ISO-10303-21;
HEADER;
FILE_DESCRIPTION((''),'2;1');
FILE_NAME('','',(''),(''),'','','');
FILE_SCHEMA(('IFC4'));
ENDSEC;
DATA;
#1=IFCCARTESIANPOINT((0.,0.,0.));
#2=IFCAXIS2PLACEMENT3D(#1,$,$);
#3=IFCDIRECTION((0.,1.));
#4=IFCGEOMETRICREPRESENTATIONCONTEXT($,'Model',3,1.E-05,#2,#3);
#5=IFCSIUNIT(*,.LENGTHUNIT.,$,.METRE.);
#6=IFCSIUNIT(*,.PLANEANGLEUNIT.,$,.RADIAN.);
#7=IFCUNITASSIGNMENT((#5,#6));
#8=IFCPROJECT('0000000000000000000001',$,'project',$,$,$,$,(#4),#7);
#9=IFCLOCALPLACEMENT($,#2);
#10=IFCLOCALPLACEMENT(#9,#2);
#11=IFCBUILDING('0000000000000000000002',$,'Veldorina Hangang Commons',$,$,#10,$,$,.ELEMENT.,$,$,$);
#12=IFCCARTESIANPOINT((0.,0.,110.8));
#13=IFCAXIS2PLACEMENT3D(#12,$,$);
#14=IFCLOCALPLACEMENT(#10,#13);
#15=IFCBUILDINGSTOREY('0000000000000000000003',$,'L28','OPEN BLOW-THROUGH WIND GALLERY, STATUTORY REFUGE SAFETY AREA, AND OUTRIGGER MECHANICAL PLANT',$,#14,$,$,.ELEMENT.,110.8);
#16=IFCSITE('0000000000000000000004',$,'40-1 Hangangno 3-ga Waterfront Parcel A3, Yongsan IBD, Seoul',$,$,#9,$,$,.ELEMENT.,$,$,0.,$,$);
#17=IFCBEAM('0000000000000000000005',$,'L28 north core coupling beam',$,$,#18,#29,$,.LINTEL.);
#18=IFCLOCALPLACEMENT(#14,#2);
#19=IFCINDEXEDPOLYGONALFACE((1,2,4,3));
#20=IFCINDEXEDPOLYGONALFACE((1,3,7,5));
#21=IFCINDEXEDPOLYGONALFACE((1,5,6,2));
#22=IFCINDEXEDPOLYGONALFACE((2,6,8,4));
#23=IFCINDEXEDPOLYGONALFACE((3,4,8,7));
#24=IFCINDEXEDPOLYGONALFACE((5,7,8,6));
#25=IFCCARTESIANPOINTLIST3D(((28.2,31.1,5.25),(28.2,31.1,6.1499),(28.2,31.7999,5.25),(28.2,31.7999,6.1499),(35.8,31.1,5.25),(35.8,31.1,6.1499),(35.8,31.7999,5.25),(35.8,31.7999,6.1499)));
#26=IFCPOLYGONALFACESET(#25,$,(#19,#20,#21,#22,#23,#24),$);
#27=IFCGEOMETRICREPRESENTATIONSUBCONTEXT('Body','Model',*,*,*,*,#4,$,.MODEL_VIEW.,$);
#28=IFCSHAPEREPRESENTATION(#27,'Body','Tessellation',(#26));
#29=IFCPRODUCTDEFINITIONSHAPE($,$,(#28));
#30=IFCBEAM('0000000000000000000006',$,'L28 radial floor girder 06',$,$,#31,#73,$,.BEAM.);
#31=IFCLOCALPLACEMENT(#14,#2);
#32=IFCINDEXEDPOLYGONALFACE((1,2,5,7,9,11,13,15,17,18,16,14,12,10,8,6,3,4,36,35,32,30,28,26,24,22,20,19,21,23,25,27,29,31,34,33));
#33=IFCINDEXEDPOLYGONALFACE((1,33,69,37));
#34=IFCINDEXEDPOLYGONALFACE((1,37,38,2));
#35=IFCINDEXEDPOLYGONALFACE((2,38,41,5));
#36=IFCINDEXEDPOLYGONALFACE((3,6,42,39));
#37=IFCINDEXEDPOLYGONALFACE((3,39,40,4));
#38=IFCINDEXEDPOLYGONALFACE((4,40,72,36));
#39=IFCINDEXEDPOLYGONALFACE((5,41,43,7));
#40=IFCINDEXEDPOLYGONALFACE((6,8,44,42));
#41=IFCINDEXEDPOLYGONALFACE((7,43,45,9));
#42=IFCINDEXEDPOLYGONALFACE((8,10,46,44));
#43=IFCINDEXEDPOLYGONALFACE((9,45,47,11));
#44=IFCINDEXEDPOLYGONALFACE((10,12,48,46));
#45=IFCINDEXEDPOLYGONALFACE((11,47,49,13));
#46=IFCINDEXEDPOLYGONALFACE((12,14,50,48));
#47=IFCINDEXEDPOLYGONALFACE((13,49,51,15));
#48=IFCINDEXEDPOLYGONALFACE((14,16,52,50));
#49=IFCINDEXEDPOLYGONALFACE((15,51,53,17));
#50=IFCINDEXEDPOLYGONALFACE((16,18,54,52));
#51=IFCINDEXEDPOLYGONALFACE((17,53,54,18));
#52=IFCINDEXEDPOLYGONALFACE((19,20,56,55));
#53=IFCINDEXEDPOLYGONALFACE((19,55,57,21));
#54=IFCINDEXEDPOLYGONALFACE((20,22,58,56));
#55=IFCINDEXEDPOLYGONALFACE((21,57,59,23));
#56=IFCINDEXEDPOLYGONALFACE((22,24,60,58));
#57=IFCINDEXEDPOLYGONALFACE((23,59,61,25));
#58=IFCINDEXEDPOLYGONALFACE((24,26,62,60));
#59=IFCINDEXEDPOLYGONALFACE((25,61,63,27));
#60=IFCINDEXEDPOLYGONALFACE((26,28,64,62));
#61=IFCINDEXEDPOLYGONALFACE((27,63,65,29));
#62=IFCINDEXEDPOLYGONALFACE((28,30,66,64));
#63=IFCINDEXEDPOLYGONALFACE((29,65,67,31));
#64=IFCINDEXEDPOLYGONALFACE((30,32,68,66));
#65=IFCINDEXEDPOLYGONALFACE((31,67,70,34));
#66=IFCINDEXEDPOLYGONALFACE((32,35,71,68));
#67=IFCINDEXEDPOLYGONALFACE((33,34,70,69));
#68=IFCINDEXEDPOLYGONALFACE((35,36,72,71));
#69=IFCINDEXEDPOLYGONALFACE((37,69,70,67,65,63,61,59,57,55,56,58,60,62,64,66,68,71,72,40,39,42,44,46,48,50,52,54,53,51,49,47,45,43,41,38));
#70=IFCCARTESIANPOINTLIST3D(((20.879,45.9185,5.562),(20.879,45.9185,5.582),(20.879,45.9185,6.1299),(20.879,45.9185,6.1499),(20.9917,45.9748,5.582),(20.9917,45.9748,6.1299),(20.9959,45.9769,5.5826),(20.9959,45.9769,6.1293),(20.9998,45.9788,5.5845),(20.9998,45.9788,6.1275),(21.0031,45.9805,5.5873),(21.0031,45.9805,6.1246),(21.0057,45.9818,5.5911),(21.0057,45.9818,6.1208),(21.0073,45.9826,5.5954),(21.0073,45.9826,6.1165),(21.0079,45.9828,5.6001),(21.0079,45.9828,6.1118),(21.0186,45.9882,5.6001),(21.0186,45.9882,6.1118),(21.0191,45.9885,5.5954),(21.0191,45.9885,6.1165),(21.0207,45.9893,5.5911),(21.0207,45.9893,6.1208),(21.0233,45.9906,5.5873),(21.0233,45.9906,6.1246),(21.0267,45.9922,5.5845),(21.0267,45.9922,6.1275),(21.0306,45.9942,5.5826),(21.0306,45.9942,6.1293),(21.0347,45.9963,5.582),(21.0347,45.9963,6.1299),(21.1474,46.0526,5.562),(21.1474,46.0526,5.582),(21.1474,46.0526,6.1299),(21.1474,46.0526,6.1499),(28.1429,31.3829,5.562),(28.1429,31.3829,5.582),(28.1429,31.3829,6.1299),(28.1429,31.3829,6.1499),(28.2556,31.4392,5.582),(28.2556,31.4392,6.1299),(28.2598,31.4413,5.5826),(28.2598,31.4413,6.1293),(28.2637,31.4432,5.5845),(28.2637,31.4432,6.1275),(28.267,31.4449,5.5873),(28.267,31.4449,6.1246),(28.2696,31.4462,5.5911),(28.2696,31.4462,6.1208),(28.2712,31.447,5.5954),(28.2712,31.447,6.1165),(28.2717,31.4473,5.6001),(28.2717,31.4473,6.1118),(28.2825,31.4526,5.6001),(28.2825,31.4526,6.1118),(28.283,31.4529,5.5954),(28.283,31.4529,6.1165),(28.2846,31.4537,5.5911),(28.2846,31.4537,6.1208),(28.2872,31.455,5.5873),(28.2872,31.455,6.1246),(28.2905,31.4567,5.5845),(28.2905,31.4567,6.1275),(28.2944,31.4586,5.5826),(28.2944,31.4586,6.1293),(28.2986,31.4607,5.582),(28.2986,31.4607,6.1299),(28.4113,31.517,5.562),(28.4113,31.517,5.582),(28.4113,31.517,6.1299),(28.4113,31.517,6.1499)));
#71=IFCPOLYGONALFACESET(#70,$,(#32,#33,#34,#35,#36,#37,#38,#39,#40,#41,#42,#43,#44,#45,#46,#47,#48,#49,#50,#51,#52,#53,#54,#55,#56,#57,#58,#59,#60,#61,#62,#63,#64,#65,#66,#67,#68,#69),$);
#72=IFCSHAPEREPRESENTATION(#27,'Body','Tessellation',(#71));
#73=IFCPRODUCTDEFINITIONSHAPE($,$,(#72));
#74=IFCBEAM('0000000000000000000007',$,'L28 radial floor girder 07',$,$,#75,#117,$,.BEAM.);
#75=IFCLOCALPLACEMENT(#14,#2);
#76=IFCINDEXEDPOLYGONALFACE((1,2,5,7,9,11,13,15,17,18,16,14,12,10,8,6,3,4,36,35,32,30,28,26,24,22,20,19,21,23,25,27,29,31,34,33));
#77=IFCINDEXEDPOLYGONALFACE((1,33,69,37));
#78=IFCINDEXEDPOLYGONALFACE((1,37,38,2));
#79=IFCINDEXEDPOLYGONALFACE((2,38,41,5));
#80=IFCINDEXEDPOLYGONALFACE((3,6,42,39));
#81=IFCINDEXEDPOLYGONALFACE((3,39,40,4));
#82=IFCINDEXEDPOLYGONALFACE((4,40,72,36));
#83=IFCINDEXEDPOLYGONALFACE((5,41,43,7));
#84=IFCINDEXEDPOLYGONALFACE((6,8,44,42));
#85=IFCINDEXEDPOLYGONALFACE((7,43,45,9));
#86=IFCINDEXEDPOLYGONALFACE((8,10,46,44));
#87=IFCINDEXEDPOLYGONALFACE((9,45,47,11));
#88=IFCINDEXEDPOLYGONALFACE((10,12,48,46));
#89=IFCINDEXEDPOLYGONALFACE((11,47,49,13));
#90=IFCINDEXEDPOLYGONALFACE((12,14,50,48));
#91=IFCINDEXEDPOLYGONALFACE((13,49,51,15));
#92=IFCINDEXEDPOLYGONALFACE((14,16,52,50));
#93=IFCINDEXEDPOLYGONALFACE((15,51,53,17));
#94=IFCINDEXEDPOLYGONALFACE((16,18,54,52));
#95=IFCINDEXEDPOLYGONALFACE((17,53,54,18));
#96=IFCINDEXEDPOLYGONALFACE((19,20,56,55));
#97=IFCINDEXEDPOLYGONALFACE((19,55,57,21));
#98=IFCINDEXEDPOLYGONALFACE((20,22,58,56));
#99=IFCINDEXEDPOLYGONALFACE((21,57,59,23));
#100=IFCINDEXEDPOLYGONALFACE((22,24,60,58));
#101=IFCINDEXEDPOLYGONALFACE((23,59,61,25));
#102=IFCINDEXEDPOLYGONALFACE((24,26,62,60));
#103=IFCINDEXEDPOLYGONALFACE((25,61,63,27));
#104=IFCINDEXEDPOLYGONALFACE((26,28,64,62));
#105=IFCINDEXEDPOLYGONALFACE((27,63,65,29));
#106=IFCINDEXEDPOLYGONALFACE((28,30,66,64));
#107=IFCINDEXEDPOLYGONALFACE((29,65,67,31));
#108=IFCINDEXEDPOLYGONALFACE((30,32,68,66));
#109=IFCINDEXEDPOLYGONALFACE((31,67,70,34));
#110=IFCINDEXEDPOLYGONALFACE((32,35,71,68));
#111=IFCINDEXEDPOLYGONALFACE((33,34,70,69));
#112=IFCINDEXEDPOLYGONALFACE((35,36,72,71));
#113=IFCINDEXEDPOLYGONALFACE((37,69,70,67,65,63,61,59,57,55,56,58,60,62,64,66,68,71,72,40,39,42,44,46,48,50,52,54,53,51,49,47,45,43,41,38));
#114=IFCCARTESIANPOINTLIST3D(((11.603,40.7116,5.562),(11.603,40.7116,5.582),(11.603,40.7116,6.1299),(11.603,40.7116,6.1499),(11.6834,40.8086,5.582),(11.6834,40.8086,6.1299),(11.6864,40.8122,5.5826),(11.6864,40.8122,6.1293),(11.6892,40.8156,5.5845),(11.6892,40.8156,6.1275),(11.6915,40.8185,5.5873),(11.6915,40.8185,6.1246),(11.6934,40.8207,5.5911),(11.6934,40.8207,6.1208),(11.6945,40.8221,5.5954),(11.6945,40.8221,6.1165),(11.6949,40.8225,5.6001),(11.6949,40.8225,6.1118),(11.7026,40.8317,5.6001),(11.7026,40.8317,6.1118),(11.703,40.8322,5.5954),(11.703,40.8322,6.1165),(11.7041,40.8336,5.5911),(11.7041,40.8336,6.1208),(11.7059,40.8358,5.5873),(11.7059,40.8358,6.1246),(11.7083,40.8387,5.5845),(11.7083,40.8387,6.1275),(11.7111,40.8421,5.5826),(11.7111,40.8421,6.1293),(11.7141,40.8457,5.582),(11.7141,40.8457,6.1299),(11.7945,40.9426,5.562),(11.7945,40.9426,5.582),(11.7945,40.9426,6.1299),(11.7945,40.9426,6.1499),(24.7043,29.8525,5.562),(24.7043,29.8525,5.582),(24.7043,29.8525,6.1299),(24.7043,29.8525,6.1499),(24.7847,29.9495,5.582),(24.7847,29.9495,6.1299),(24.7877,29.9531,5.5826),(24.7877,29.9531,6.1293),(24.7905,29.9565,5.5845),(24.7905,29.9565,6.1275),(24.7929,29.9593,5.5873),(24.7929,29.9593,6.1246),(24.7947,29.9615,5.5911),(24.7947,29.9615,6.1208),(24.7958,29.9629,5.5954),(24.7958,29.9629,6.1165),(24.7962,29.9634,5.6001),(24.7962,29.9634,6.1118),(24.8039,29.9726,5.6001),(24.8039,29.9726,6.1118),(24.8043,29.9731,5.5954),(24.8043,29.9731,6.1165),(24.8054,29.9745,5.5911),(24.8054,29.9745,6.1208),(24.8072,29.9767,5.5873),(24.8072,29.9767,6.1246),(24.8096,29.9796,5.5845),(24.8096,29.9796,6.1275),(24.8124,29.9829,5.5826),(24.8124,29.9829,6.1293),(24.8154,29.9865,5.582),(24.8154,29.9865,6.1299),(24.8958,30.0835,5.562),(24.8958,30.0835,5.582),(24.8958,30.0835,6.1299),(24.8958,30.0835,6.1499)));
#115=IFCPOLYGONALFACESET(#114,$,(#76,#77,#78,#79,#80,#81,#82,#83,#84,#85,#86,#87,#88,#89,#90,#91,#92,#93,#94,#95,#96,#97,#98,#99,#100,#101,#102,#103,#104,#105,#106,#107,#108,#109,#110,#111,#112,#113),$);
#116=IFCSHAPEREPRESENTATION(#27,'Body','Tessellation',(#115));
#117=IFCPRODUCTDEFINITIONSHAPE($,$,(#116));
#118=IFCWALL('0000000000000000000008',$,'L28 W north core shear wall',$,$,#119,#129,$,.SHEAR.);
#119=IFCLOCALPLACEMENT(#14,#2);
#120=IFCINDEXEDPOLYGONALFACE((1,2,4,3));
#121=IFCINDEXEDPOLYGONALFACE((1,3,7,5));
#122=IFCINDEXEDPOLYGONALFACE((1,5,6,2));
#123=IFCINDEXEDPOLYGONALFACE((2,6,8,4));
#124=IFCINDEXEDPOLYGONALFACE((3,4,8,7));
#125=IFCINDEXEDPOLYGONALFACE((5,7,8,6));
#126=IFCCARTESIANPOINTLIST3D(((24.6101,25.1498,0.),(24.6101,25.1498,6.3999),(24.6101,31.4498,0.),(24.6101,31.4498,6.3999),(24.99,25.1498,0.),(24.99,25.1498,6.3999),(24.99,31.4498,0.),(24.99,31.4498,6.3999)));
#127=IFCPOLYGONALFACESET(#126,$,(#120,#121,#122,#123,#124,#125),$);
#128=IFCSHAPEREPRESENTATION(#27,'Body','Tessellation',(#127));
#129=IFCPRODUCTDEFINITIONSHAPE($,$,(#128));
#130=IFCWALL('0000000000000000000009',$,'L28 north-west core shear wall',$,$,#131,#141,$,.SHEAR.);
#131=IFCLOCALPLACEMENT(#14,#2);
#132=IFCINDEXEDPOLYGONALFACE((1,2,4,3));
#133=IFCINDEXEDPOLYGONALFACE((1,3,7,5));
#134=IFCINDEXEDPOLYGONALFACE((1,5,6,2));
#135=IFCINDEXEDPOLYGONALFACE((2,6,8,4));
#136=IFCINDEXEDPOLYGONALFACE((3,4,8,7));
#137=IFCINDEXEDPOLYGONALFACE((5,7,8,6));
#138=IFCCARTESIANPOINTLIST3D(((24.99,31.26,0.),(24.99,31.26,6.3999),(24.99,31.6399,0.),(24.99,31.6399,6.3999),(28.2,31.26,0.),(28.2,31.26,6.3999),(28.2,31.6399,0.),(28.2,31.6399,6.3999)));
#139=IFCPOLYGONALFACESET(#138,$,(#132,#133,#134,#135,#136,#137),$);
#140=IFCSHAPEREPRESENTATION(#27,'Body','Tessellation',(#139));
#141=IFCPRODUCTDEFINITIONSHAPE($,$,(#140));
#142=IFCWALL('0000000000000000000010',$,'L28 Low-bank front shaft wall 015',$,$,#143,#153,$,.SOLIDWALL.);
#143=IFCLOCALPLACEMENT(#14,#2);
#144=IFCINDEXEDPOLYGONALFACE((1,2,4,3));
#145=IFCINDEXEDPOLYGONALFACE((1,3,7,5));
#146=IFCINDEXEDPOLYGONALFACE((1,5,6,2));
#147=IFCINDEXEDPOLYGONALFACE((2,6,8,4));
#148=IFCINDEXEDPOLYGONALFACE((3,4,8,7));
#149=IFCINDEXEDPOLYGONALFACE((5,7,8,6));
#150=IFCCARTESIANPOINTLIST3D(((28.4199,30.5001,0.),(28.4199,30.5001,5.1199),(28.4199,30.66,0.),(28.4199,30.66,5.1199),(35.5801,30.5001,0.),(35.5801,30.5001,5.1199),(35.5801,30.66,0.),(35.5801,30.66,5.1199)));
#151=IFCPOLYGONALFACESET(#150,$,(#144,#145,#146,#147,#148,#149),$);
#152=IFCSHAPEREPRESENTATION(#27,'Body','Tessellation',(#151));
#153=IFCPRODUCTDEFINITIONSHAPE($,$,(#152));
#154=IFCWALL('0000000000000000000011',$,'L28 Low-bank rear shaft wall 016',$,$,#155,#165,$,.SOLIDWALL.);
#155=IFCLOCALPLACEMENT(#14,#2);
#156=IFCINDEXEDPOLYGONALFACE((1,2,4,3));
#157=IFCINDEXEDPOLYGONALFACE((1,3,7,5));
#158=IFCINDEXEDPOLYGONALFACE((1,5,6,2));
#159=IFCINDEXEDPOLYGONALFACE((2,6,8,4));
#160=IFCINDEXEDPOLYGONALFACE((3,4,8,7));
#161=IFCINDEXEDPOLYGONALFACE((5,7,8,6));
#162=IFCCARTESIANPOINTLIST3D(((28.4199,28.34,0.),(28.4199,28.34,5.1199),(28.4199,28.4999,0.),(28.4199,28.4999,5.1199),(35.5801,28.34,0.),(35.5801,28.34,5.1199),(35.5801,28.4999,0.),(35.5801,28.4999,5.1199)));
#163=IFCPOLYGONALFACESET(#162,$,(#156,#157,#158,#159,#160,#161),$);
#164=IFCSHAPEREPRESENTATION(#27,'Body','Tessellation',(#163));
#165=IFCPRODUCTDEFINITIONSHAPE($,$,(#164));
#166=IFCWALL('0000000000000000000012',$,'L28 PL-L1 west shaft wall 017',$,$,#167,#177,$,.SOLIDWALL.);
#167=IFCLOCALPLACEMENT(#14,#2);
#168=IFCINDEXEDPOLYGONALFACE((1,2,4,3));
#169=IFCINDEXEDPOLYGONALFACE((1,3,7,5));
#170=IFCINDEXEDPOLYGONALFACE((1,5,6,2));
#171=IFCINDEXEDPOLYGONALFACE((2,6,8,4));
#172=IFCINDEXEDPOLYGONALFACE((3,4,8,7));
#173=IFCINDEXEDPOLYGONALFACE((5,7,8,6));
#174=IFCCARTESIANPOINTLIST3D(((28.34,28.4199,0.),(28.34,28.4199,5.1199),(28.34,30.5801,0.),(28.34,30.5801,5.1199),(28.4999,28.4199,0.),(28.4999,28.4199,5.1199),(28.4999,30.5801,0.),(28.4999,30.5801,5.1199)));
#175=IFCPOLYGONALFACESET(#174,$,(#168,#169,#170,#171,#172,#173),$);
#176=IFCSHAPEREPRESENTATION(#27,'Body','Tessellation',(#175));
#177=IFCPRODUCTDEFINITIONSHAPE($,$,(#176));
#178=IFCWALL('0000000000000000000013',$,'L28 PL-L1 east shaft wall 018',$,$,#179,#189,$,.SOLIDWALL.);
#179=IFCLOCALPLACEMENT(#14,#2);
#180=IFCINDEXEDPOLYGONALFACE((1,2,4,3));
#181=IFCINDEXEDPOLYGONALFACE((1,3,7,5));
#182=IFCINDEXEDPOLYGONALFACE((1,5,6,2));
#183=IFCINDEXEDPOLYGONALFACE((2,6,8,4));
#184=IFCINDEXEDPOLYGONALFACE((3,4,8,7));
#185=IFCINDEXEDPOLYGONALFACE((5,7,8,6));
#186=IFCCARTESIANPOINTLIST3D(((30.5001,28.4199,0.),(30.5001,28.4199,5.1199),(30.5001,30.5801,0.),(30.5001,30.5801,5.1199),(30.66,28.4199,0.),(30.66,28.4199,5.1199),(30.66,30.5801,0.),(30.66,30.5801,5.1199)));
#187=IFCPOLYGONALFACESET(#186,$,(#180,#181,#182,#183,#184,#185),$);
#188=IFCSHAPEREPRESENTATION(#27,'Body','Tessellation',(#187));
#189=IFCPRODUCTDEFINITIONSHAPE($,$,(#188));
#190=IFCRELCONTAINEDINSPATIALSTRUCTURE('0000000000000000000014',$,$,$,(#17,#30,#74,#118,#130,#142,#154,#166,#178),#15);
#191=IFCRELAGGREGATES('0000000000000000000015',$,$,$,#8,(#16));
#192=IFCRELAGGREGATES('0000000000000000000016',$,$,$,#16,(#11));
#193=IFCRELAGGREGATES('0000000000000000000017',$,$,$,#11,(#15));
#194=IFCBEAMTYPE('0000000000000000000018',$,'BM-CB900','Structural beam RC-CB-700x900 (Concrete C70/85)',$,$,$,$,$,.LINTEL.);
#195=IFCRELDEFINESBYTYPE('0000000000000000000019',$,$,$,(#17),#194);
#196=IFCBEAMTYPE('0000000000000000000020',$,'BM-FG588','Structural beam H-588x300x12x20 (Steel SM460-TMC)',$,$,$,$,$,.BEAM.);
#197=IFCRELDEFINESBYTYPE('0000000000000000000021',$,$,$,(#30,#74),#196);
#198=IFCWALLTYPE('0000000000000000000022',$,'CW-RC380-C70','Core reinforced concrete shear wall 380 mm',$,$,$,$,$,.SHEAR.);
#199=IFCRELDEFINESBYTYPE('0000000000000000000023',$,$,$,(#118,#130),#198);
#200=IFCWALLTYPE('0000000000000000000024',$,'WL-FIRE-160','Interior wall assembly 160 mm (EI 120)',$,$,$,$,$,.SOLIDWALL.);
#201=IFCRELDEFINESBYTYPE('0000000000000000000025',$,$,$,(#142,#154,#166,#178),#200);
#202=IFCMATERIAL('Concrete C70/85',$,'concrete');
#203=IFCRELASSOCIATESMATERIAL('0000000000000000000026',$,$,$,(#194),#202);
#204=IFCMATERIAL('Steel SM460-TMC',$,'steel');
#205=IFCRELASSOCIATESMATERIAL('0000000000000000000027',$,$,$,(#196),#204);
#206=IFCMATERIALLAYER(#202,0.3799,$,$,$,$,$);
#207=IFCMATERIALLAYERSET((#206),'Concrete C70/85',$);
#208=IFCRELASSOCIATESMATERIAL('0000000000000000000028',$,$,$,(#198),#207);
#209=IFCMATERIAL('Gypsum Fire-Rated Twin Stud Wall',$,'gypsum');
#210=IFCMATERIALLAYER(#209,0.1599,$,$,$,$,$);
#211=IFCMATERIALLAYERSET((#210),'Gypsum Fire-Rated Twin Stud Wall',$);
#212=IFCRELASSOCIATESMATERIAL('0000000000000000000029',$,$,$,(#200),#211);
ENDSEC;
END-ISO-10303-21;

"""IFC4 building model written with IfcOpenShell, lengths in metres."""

from ifc_helpers import new_model, si_unit, direction, frame, frame_2d, origin, origin_2d, place, context, subcontext, project, spatial, rectangle, i_section, extrude, material, layer, layer_set, material_profile, profile_set, type_object, element, save


model = new_model("IFC4")

# Units and contexts
model_context = context("Model", 3, precision=1e-05, world=origin(), true_north=direction((0.0, 1.0)))
body_context = subcontext(model_context, "Body", "Model", "MODEL_VIEW")
ifc_project = project(units=[si_unit("LENGTHUNIT", "METRE"), si_unit("PLANEANGLEUNIT", "RADIAN")], contexts=[model_context])

# Site, building, storey
site_placement = place(None, origin())
site = spatial("IfcSite", under=ifc_project, at=site_placement, Name="40-1 Hangangno 3-ga Waterfront Parcel A3, Yongsan IBD, Seoul", CompositionType="ELEMENT", RefElevation=0.0)
building_placement = place(site_placement, origin())
building = spatial("IfcBuilding", under=site, at=building_placement, Name="Veldorina Hangang Commons", CompositionType="ELEMENT")
storey_placement = place(building_placement, frame((0.0, 0.0, 110.8)))
storey = spatial("IfcBuildingStorey", under=building, at=storey_placement, Name="L28", Description="OPEN BLOW-THROUGH WIND GALLERY, STATUTORY REFUGE SAFETY AREA, AND OUTRIGGER MECHANICAL PLANT", CompositionType="ELEMENT", Elevation=110.8)

# Beams
ifc_material_1 = material(Name="Concrete C70/85", Category="concrete")
ifc_material_profile_1 = material_profile(ifc_material_1, rectangle(XDim=0.7, YDim=0.8999, at=origin_2d()), Name="RC-CB-700x900")
ifc_profile_set_1 = profile_set([ifc_material_profile_1], Name="Concrete C70/85")
beam_type_1 = type_object("IfcBeamType", Name="BM-CB900", Description="Structural beam RC-CB-700x900 (Concrete C70/85)", PredefinedType="LINTEL", material=ifc_profile_set_1)
beam_1_placement = place(storey_placement, frame((28.2, 31.45, 5.7), z_axis=(1.0, 0.0, 0.0), x_axis=(0.0, 1.0, 0.0)))
element("IfcBeam", 1, at=beam_1_placement, inside=storey, type_object=beam_type_1, Name="L28 north core coupling beam", PredefinedType="LINTEL", context=body_context, shape_type="SweptSolid", body=[
    extrude(rectangle(XDim=0.7, YDim=0.8999, at=origin_2d()), origin(), (0.0, 0.0, 1.0), 7.6001),
])
ifc_material_2 = material(Name="Steel SM460-TMC", Category="steel")
ifc_material_profile_2 = material_profile(ifc_material_2, i_section(OverallWidth=0.3, OverallDepth=0.5879, WebThickness=0.012, FlangeThickness=0.02, FilletRadius=0.0181, at=origin_2d()), Name="H-588x300x12x20")
ifc_profile_set_2 = profile_set([ifc_material_profile_2], Name="Steel SM460-TMC")
beam_type_2 = type_object("IfcBeamType", Name="BM-FG588", Description="Structural beam H-588x300x12x20 (Steel SM460-TMC)", PredefinedType="BEAM", material=ifc_profile_set_2)
beam_2_placement = place(storey_placement, frame((28.2771, 31.45, 5.856), z_axis=(-0.447021, 0.894523, 0.0), x_axis=(-0.894523, -0.447021, 0.0)))
element("IfcBeam", 2, at=beam_2_placement, inside=storey, type_object=beam_type_2, Name="L28 radial floor girder 06", PredefinedType="BEAM", context=body_context, shape_type="SweptSolid", body=[
    extrude(i_section(OverallWidth=0.3, OverallDepth=0.5879, WebThickness=0.012, FlangeThickness=0.02, FilletRadius=0.0181, at=origin_2d()), origin(), (0.0, 0.0, 1.0), 16.2495),
])
beam_3_placement = place(storey_placement, frame((24.8, 29.968, 5.856), z_axis=(-0.769913, 0.638149, 0.0), x_axis=(-0.638149, -0.769913, 0.0)))
element("IfcBeam", 3, at=beam_3_placement, inside=storey, type_object=beam_type_2, Name="L28 radial floor girder 07", PredefinedType="BEAM", context=body_context, shape_type="SweptSolid", body=[
    extrude(i_section(OverallWidth=0.3, OverallDepth=0.5879, WebThickness=0.012, FlangeThickness=0.02, FilletRadius=0.0181, at=origin_2d()), origin(), (0.0, 0.0, 1.0), 17.0166),
])

# Walls
ifc_layer_1 = layer(ifc_material_1, 0.3799)
ifc_layer_set_1 = layer_set([ifc_layer_1], Name="Concrete C70/85")
wall_type_1 = type_object("IfcWallType", Name="CW-RC380-C70", Description="Core reinforced concrete shear wall 380 mm", PredefinedType="SHEAR", material=ifc_layer_set_1)
wall_1_placement = place(storey_placement, frame((24.8, 25.1499, 0.0), z_axis=(0.0, 0.0, 1.0), x_axis=(0.0, 1.0, 0.0)))
element("IfcWall", 4, at=wall_1_placement, inside=storey, type_object=wall_type_1, Name="L28 W north core shear wall", PredefinedType="SHEAR", context=body_context, shape_type="SweptSolid", body=[
    extrude(rectangle(XDim=6.3, YDim=0.3799, at=frame_2d((3.1499, 0.0))), origin(), (0.0, 0.0, 1.0), 6.3999),
])
wall_2_placement = place(storey_placement, frame((24.99, 31.45, 0.0), z_axis=(0.0, 0.0, 1.0), x_axis=(1.0, 0.0, 0.0)))
element("IfcWall", 5, at=wall_2_placement, inside=storey, type_object=wall_type_1, Name="L28 north-west core shear wall", PredefinedType="SHEAR", context=body_context, shape_type="SweptSolid", body=[
    extrude(rectangle(XDim=3.21, YDim=0.3799, at=frame_2d((1.605, 0.0))), origin(), (0.0, 0.0, 1.0), 6.3999),
])
ifc_material_3 = material(Name="Gypsum Fire-Rated Twin Stud Wall", Category="gypsum")
ifc_layer_2 = layer(ifc_material_3, 0.1599)
ifc_layer_set_2 = layer_set([ifc_layer_2], Name="Gypsum Fire-Rated Twin Stud Wall")
wall_type_2 = type_object("IfcWallType", Name="WL-FIRE-160", Description="Interior wall assembly 160 mm (EI 120)", PredefinedType="SOLIDWALL", material=ifc_layer_set_2)
for number, where, z_axis, x_axis, name in (
    (6, (28.4199, 30.5801, 0.0), (0.0, 0.0, 1.0), (1.0, 0.0, 0.0), "L28 Low-bank front shaft wall 015"),
    (7, (28.4199, 28.4199, 0.0), (0.0, 0.0, 1.0), (1.0, 0.0, 0.0), "L28 Low-bank rear shaft wall 016"),
):
    element("IfcWall", number, at=place(storey_placement, frame(where, z_axis=z_axis, x_axis=x_axis)), inside=storey, type_object=wall_type_2, Name=name, PredefinedType="SOLIDWALL", context=body_context, shape_type="SweptSolid", body=[
        extrude(rectangle(XDim=7.1602, YDim=0.1599, at=frame_2d((3.5801, 0.0))), origin(), (0.0, 0.0, 1.0), 5.1199),
    ])
for number, where, z_axis, x_axis, name in (
    (8, (28.4199, 28.4199, 0.0), (0.0, 0.0, 1.0), (0.0, 1.0, 0.0), "L28 PL-L1 west shaft wall 017"),
    (9, (30.5801, 28.4199, 0.0), (0.0, 0.0, 1.0), (0.0, 1.0, 0.0), "L28 PL-L1 east shaft wall 018"),
):
    element("IfcWall", number, at=place(storey_placement, frame(where, z_axis=z_axis, x_axis=x_axis)), inside=storey, type_object=wall_type_2, Name=name, PredefinedType="SOLIDWALL", context=body_context, shape_type="SweptSolid", body=[
        extrude(rectangle(XDim=2.1602, YDim=0.1599, at=frame_2d((1.0801, 0.0))), origin(), (0.0, 0.0, 1.0), 5.1199),
    ])

save(model, "model.ifc")
